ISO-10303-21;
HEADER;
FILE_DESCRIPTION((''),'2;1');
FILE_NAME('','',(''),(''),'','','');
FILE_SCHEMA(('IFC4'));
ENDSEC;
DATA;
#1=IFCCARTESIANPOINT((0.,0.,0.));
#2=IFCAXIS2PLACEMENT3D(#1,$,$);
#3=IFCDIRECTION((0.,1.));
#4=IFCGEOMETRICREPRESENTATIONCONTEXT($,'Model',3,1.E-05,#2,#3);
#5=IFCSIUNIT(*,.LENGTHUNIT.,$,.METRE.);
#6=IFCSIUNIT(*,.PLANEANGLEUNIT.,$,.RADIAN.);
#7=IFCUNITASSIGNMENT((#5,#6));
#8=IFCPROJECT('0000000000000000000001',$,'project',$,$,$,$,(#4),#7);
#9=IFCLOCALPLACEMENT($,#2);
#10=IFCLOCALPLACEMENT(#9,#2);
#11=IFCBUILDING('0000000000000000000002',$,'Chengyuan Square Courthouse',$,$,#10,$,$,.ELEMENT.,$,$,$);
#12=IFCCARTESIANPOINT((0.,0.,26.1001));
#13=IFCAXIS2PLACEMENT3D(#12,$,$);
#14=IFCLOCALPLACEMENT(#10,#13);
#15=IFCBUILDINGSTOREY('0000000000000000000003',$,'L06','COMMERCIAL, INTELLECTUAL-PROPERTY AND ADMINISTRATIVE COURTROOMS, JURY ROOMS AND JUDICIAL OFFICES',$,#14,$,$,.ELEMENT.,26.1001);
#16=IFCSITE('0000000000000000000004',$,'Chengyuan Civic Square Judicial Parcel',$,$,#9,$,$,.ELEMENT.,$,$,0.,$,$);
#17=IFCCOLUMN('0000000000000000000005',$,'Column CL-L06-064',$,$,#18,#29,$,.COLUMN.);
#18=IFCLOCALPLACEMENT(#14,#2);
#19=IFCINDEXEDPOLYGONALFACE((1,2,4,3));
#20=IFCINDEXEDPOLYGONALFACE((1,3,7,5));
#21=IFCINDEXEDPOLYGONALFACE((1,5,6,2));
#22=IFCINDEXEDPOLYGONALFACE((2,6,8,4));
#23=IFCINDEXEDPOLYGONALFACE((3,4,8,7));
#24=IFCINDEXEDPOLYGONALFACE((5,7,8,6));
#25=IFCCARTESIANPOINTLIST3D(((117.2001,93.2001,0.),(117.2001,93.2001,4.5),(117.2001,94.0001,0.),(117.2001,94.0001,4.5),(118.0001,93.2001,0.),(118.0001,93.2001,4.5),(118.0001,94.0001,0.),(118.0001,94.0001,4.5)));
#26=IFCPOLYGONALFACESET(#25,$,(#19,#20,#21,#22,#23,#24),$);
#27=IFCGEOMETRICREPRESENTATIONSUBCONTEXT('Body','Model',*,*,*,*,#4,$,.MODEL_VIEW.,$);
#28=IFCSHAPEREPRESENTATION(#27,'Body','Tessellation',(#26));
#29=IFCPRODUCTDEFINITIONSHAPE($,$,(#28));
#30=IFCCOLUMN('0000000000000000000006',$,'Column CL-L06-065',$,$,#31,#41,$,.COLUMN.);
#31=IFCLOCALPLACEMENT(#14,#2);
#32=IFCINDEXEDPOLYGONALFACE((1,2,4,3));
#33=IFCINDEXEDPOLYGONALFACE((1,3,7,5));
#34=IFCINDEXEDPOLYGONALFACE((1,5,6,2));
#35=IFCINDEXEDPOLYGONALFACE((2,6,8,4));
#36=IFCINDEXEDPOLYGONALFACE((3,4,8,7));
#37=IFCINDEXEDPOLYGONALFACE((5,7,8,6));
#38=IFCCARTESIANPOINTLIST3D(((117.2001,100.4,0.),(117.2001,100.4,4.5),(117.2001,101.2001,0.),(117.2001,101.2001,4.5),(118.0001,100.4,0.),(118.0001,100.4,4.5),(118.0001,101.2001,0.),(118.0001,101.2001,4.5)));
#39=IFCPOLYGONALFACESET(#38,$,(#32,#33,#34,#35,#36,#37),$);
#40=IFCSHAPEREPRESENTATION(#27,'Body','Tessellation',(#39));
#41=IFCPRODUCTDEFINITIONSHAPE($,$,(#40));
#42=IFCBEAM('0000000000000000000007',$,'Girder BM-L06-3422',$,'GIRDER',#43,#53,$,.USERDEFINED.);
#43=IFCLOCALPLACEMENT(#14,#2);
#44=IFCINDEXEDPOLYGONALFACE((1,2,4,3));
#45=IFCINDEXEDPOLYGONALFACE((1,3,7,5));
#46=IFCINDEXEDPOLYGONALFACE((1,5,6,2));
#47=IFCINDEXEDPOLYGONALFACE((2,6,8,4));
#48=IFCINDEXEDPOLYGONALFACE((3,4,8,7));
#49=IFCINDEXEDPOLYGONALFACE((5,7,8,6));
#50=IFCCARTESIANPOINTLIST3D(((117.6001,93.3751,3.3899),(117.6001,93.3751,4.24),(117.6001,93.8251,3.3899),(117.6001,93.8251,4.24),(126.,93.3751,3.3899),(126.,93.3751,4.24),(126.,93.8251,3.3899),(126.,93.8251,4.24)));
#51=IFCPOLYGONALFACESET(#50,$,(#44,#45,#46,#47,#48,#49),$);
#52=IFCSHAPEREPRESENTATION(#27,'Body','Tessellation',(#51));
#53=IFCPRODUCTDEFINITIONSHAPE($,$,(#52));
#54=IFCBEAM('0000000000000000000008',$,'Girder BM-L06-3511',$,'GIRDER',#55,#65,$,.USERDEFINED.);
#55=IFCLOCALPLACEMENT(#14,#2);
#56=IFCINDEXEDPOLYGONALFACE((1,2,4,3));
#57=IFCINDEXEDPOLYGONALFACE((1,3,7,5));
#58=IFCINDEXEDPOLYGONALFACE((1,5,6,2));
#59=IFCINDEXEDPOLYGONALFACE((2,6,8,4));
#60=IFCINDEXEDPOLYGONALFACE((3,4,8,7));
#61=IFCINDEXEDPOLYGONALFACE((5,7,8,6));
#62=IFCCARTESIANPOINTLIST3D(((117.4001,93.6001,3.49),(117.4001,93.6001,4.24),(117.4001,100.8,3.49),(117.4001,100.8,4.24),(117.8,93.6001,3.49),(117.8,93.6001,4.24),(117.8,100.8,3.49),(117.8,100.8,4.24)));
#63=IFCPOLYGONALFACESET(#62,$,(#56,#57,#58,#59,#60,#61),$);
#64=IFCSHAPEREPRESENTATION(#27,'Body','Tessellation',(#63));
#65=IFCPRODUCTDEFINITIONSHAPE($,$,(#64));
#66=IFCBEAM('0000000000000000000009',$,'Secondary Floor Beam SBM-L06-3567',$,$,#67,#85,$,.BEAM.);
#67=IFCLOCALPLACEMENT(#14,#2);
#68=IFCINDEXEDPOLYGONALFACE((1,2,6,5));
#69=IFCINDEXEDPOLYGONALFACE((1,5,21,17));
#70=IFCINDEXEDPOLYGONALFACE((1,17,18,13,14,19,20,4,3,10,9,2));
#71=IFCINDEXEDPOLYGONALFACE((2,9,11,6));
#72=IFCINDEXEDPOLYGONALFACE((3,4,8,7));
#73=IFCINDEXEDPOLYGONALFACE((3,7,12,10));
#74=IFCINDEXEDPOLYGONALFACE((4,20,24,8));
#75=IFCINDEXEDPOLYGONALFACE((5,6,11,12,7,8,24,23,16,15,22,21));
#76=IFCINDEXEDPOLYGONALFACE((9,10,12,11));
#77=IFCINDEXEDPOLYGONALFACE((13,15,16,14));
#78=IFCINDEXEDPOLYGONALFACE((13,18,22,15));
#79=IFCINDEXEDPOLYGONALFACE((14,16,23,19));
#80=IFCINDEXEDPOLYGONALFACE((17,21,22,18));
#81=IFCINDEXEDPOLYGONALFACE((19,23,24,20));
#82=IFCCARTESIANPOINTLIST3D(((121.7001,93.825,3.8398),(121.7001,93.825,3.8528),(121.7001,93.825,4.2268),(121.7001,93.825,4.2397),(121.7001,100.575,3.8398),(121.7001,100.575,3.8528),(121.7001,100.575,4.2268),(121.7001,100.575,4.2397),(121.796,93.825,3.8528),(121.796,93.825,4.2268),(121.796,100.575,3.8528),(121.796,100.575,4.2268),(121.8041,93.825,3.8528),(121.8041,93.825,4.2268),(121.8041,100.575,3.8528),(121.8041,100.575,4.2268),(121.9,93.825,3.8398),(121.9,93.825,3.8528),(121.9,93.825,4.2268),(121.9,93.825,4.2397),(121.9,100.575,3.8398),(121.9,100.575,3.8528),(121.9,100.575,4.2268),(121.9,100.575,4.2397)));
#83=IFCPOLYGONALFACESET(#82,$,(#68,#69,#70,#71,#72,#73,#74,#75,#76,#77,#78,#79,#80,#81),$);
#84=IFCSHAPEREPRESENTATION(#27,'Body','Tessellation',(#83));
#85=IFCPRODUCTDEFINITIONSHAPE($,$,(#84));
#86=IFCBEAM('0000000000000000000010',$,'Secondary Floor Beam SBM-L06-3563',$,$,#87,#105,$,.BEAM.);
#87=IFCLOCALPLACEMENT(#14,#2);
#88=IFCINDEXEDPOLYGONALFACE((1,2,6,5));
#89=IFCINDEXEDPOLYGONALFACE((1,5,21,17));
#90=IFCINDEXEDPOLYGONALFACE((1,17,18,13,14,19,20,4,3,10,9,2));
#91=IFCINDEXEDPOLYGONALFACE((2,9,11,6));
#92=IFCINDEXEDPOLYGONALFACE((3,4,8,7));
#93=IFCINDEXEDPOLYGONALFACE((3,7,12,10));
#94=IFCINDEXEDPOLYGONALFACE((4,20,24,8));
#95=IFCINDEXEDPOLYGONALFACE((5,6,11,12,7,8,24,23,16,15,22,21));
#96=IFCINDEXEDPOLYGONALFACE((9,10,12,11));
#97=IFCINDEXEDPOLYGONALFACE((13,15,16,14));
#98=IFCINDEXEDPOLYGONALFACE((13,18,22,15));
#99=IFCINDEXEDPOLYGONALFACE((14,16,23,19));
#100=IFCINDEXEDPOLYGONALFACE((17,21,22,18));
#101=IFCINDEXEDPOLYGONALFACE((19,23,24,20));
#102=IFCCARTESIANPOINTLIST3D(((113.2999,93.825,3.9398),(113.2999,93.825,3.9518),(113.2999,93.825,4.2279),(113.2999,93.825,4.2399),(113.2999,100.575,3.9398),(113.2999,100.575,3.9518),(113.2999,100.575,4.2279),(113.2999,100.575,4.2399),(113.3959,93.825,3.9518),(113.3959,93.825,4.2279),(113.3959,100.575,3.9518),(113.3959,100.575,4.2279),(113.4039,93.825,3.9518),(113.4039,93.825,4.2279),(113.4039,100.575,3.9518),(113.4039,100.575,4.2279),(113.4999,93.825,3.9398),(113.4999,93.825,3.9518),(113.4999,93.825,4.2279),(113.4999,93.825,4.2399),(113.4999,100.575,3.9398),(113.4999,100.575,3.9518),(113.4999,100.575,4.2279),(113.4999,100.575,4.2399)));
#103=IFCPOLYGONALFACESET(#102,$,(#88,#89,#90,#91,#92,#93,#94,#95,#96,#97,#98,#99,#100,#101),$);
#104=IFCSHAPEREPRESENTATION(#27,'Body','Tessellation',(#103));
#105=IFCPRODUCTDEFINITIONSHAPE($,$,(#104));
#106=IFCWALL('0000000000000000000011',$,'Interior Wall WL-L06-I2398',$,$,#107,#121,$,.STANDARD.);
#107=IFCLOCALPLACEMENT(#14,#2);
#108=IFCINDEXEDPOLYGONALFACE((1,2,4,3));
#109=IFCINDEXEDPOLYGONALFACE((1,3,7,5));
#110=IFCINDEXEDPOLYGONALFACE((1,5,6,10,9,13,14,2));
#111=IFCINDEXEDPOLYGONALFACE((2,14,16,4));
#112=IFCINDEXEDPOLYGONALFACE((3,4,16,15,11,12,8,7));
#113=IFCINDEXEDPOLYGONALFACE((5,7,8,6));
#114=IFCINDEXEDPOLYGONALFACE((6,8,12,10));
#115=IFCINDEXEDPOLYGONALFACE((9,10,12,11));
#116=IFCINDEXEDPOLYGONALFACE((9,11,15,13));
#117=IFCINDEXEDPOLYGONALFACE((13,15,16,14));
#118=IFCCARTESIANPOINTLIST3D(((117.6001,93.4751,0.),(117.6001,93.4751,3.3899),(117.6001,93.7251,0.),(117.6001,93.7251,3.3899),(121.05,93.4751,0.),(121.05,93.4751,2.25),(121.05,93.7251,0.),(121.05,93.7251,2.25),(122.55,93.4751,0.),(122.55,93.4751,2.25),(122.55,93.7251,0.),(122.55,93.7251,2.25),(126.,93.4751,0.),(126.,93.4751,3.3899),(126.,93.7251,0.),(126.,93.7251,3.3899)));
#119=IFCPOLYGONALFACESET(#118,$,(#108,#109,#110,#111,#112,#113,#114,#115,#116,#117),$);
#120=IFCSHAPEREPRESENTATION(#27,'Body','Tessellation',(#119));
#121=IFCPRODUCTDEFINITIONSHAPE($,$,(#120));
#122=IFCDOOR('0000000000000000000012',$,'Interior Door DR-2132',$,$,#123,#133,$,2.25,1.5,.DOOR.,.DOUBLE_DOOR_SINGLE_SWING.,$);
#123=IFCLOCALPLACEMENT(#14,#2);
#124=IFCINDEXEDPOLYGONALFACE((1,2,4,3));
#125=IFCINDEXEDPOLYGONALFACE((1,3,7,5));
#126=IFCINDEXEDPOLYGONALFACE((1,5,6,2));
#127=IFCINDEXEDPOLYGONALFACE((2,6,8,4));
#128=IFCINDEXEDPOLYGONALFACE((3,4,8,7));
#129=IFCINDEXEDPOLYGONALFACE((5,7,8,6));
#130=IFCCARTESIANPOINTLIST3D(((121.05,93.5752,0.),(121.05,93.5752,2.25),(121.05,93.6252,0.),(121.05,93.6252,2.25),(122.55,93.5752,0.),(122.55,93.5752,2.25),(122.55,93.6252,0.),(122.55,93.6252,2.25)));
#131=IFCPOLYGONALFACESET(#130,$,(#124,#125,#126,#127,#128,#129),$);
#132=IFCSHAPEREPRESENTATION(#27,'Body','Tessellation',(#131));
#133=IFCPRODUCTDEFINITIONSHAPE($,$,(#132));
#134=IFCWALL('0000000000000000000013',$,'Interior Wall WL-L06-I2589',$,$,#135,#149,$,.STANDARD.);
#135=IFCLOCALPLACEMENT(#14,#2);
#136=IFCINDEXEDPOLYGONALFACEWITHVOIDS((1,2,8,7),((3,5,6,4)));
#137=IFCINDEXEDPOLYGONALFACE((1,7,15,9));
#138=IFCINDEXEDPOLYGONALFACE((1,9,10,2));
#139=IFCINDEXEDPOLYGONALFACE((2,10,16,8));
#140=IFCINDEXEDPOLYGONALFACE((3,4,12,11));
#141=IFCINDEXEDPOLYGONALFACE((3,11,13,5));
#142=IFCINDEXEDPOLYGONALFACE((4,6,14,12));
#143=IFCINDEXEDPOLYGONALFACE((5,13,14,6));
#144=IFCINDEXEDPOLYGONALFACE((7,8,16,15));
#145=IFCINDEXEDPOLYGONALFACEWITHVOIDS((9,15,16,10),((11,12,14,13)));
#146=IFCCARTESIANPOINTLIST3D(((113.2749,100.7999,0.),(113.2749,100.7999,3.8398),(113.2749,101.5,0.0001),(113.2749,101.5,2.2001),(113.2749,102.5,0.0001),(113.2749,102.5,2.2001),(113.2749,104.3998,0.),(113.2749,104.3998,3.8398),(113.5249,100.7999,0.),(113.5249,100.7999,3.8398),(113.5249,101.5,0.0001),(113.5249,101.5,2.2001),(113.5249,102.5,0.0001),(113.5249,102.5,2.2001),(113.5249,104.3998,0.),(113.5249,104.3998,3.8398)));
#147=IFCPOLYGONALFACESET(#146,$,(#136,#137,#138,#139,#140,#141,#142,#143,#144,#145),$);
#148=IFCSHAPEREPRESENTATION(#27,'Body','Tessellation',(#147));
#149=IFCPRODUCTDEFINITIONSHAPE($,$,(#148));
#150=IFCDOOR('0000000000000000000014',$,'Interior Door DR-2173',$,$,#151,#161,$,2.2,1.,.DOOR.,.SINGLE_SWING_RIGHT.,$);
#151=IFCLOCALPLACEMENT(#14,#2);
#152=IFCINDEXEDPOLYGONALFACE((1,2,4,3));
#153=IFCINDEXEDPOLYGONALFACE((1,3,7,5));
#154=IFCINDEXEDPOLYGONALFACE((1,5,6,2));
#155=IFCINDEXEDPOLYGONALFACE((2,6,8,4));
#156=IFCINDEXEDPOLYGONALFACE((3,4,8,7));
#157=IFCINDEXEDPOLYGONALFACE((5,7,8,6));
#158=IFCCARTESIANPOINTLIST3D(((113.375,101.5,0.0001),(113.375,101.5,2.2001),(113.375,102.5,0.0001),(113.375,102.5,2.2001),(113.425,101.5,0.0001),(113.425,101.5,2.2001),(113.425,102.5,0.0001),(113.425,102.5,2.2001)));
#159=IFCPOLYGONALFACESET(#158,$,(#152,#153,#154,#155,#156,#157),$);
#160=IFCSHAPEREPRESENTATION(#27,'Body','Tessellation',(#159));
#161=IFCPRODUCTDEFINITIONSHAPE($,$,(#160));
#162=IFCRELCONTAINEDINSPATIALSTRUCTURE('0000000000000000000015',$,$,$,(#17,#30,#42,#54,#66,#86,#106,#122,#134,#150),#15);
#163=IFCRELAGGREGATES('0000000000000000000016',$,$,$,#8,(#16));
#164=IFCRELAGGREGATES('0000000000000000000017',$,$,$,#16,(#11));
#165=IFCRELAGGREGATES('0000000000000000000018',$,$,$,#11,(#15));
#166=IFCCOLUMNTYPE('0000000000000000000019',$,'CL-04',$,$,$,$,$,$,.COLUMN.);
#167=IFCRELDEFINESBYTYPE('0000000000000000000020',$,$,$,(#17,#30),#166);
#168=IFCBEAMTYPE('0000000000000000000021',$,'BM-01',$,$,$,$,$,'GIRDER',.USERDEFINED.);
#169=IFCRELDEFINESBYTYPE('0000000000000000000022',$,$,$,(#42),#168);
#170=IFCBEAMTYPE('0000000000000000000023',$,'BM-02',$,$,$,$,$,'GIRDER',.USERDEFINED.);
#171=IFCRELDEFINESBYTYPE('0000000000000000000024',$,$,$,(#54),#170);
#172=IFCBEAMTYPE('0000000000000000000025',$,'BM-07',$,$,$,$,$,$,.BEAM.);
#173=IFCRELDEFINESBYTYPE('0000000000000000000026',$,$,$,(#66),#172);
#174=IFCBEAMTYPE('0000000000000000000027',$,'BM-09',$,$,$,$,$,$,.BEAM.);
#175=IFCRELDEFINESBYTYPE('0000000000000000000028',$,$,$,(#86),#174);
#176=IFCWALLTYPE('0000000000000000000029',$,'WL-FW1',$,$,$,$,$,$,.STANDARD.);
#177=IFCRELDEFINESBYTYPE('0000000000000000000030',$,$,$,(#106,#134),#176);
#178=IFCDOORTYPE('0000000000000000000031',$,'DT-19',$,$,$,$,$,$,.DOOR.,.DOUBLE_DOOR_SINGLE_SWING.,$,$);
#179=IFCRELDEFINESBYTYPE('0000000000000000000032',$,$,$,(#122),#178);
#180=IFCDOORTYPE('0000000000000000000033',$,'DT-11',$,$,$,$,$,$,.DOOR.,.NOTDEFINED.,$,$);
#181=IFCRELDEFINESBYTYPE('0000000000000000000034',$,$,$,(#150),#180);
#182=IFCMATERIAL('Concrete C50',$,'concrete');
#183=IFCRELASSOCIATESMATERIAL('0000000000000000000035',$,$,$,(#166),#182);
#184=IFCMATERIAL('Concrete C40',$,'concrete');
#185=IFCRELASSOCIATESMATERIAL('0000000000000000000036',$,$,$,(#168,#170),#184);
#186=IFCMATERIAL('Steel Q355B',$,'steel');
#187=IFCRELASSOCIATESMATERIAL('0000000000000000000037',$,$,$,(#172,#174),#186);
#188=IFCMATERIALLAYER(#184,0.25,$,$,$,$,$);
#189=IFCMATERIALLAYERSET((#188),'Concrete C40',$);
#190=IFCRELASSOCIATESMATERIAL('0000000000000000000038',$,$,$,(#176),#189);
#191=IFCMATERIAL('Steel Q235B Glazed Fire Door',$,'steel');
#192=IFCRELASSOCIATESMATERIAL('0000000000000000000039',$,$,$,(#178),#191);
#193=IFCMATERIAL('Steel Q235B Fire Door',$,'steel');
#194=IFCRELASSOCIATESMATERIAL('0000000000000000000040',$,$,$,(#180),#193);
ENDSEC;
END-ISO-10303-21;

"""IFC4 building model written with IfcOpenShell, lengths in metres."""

from ifc_helpers import new_model, si_unit, direction, frame, frame_2d, origin, origin_2d, place, context, subcontext, project, spatial, rectangle, i_section, extrude, material, layer, layer_set, material_profile, profile_set, type_object, element, fill, save


model = new_model("IFC4")

# Units and contexts
model_context = context("Model", 3, precision=1e-05, world=origin(), true_north=direction((0.0, 1.0)))
body_context = subcontext(model_context, "Body", "Model", "MODEL_VIEW")
ifc_project = project(units=[si_unit("LENGTHUNIT", "METRE"), si_unit("PLANEANGLEUNIT", "RADIAN")], contexts=[model_context])

# Site, building, storey
site_placement = place(None, origin())
site = spatial("IfcSite", under=ifc_project, at=site_placement, Name="Chengyuan Civic Square Judicial Parcel", CompositionType="ELEMENT", RefElevation=0.0)
building_placement = place(site_placement, origin())
building = spatial("IfcBuilding", under=site, at=building_placement, Name="Chengyuan Square Courthouse", CompositionType="ELEMENT")
storey_placement = place(building_placement, frame((0.0, 0.0, 26.1001)))
storey = spatial("IfcBuildingStorey", under=building, at=storey_placement, Name="L06", Description="COMMERCIAL, INTELLECTUAL-PROPERTY AND ADMINISTRATIVE COURTROOMS, JURY ROOMS AND JUDICIAL OFFICES", CompositionType="ELEMENT", Elevation=26.1001)

# Columns
ifc_material_1 = material(Name="Concrete C50", Category="concrete")
ifc_material_profile_1 = material_profile(ifc_material_1, rectangle(XDim=0.8, YDim=0.8, at=origin_2d()), Name="RC-COL-800x800")
ifc_profile_set_1 = profile_set([ifc_material_profile_1], Name="Concrete C50")
column_type = type_object("IfcColumnType", Name="CL-04", PredefinedType="COLUMN", material=ifc_profile_set_1)
for number, where, z_axis, x_axis, name in (
    (1, (117.6001, 93.6001, 0.0), (0.0, 0.0, 1.0), (1.0, 0.0, 0.0), "Column CL-L06-064"),
    (2, (117.6001, 100.8, 0.0), (0.0, 0.0, 1.0), (1.0, 0.0, 0.0), "Column CL-L06-065"),
):
    element("IfcColumn", number, at=place(storey_placement, frame(where, z_axis=z_axis, x_axis=x_axis)), inside=storey, type_object=column_type, Name=name, PredefinedType="COLUMN", context=body_context, shape_type="SweptSolid", body=[
        extrude(rectangle(XDim=0.8, YDim=0.8, at=origin_2d()), origin(), (0.0, 0.0, 1.0), 4.5),
    ])

# Beams
ifc_material_2 = material(Name="Concrete C40", Category="concrete")
ifc_material_profile_2 = material_profile(ifc_material_2, rectangle(XDim=0.45, YDim=0.8501, at=origin_2d()), Name="RC-BM-450x850")
ifc_profile_set_2 = profile_set([ifc_material_profile_2], Name="Concrete C40")
beam_type_1 = type_object("IfcBeamType", Name="BM-01", ElementType="GIRDER", PredefinedType="USERDEFINED", material=ifc_profile_set_2)
beam_1_placement = place(storey_placement, frame((117.6001, 93.6001, 3.8149), z_axis=(1.0, 0.0, 0.0), x_axis=(0.0, 1.0, 0.0)))
element("IfcBeam", 3, at=beam_1_placement, inside=storey, type_object=beam_type_1, Name="Girder BM-L06-3422", ObjectType="GIRDER", PredefinedType="USERDEFINED", context=body_context, shape_type="SweptSolid", body=[
    extrude(rectangle(XDim=0.45, YDim=0.8501, at=origin_2d()), origin(), (0.0, 0.0, 1.0), 8.3999),
])
ifc_material_profile_3 = material_profile(ifc_material_2, rectangle(XDim=0.3999, YDim=0.75, at=origin_2d()), Name="RC-BM-400x750")
ifc_profile_set_3 = profile_set([ifc_material_profile_3], Name="Concrete C40")
beam_type_2 = type_object("IfcBeamType", Name="BM-02", ElementType="GIRDER", PredefinedType="USERDEFINED", material=ifc_profile_set_3)
beam_2_placement = place(storey_placement, frame((117.6001, 93.6001, 3.865), z_axis=(0.0, 1.0, 0.0), x_axis=(-1.0, 0.0, 0.0)))
element("IfcBeam", 4, at=beam_2_placement, inside=storey, type_object=beam_type_2, Name="Girder BM-L06-3511", ObjectType="GIRDER", PredefinedType="USERDEFINED", context=body_context, shape_type="SweptSolid", body=[
    extrude(rectangle(XDim=0.3999, YDim=0.75, at=origin_2d()), origin(), (0.0, 0.0, 1.0), 7.2),
])
ifc_material_3 = material(Name="Steel Q355B", Category="steel")
ifc_material_profile_4 = material_profile(ifc_material_3, i_section(OverallWidth=0.2, OverallDepth=0.3999, WebThickness=0.0081, FlangeThickness=0.0129, at=origin_2d()), Name="HN 400x200x8x13")
ifc_profile_set_4 = profile_set([ifc_material_profile_4], Name="Steel Q355B")
beam_type_3 = type_object("IfcBeamType", Name="BM-07", PredefinedType="BEAM", material=ifc_profile_set_4)
beam_3_placement = place(storey_placement, frame((121.8, 93.825, 4.0398), z_axis=(0.0, 1.0, 0.0), x_axis=(-1.0, 0.0, 0.0)))
element("IfcBeam", 5, at=beam_3_placement, inside=storey, type_object=beam_type_3, Name="Secondary Floor Beam SBM-L06-3567", PredefinedType="BEAM", context=body_context, shape_type="SweptSolid", body=[
    extrude(i_section(OverallWidth=0.2, OverallDepth=0.3999, WebThickness=0.0081, FlangeThickness=0.0129, at=origin_2d()), origin(), (0.0, 0.0, 1.0), 6.75),
])
ifc_material_profile_5 = material_profile(ifc_material_3, i_section(OverallWidth=0.2, OverallDepth=0.3, WebThickness=0.0081, FlangeThickness=0.012, at=origin_2d()), Name="HM 300x200x8x12")
ifc_profile_set_5 = profile_set([ifc_material_profile_5], Name="Steel Q355B")
beam_type_4 = type_object("IfcBeamType", Name="BM-09", PredefinedType="BEAM", material=ifc_profile_set_5)
beam_4_placement = place(storey_placement, frame((113.3999, 93.825, 4.0898), z_axis=(0.0, 1.0, 0.0), x_axis=(-1.0, 0.0, 0.0)))
element("IfcBeam", 6, at=beam_4_placement, inside=storey, type_object=beam_type_4, Name="Secondary Floor Beam SBM-L06-3563", PredefinedType="BEAM", context=body_context, shape_type="SweptSolid", body=[
    extrude(i_section(OverallWidth=0.2, OverallDepth=0.3, WebThickness=0.0081, FlangeThickness=0.012, at=origin_2d()), origin(), (0.0, 0.0, 1.0), 6.75),
])

# Wall, opening, door
ifc_layer_1 = layer(ifc_material_2, 0.25)
ifc_layer_set_1 = layer_set([ifc_layer_1], Name="Concrete C40")
wall_type_1 = type_object("IfcWallType", Name="WL-FW1", PredefinedType="STANDARD", material=ifc_layer_set_1)
wall_1_placement = place(storey_placement, frame((117.6001, 93.6001, 0.0), z_axis=(0.0, 0.0, 1.0), x_axis=(1.0, 0.0, 0.0)))
wall_1 = element("IfcWall", 7, at=wall_1_placement, inside=storey, type_object=wall_type_1, Name="Interior Wall WL-L06-I2398", PredefinedType="STANDARD", context=body_context, shape_type="SweptSolid", body=[
    extrude(rectangle(XDim=8.3999, YDim=0.25, at=frame_2d((4.2, 0.0))), origin(), (0.0, 0.0, 1.0), 3.3899),
])
opening_1_placement = place(wall_1_placement, frame((3.45, 0.0, 0.0)))
opening_1 = element("IfcOpeningElement", 8, at=opening_1_placement, cuts=wall_1, PredefinedType="OPENING", context=body_context, shape_type="SweptSolid", body=[
    extrude(rectangle(XDim=1.5, YDim=2.25, at=frame_2d((0.75, 1.125))), frame((0.0, 0.137, 0.0), z_axis=(0.0, -1.0, 0.0), x_axis=(1.0, 0.0, 0.0)), (0.0, 0.0, 1.0), 0.2739),
])
ifc_material_4 = material(Name="Steel Q235B Glazed Fire Door", Category="steel")
door_type_1 = type_object("IfcDoorType", Name="DT-19", OperationType="DOUBLE_DOOR_SINGLE_SWING", PredefinedType="DOOR", material=ifc_material_4)
door_1_placement = place(opening_1_placement, frame((1.5, 0.0, 0.0), z_axis=(0.0, 0.0, 1.0), x_axis=(-1.0, 0.0, 0.0)))
door_1 = element("IfcDoor", 9, at=door_1_placement, inside=storey, type_object=door_type_1, Name="Interior Door DR-2132", OperationType="DOUBLE_DOOR_SINGLE_SWING", OverallHeight=2.25, OverallWidth=1.5, PredefinedType="DOOR", context=body_context, shape_type="SweptSolid", body=[
    extrude(rectangle(XDim=1.5, YDim=2.25, at=frame_2d((0.75, 1.125))), frame((0.0, 0.0249, 0.0), z_axis=(0.0, -1.0, 0.0), x_axis=(1.0, 0.0, 0.0)), (0.0, 0.0, 1.0), 0.05),
])
fill(opening_1, door_1)

# Shared definitions
ifc_material_5 = material(Name="Steel Q235B Fire Door", Category="steel")
door_type_2 = type_object("IfcDoorType", Name="DT-11", OperationType="NOTDEFINED", PredefinedType="DOOR", material=ifc_material_5)

# Wall, opening, door
wall_2_placement = place(storey_placement, frame((113.3999, 100.8, 0.0), z_axis=(0.0, 0.0, 1.0), x_axis=(0.0, 1.0, 0.0)))
wall_2 = element("IfcWall", 10, at=wall_2_placement, inside=storey, type_object=wall_type_1, Name="Interior Wall WL-L06-I2589", PredefinedType="STANDARD", context=body_context, shape_type="SweptSolid", body=[
    extrude(rectangle(XDim=3.5999, YDim=0.25, at=frame_2d((1.7998, 0.0))), origin(), (0.0, 0.0, 1.0), 3.8398),
])
opening_2_placement = place(wall_2_placement, frame((0.7, 0.0, 0.0)))
opening_2 = element("IfcOpeningElement", 11, at=opening_2_placement, cuts=wall_2, PredefinedType="OPENING", context=body_context, shape_type="SweptSolid", body=[
    extrude(rectangle(XDim=1.0, YDim=2.2, at=frame_2d((0.5, 1.1001))), frame((0.0, 0.137, 0.0), z_axis=(0.0, -1.0, 0.0), x_axis=(1.0, 0.0, 0.0)), (0.0, 0.0, 1.0), 0.2739),
])
door_2_placement = place(opening_2_placement, origin())
door_2 = element("IfcDoor", 12, at=door_2_placement, inside=storey, type_object=door_type_2, Name="Interior Door DR-2173", OperationType="SINGLE_SWING_RIGHT", OverallHeight=2.2, OverallWidth=1.0, PredefinedType="DOOR", context=body_context, shape_type="SweptSolid", body=[
    extrude(rectangle(XDim=1.0, YDim=2.2, at=frame_2d((0.5, 1.1001))), frame((0.0, 0.0249, 0.0), z_axis=(0.0, -1.0, 0.0), x_axis=(1.0, 0.0, 0.0)), (0.0, 0.0, 1.0), 0.05),
])
fill(opening_2, door_2)

save(model, "model.ifc")
